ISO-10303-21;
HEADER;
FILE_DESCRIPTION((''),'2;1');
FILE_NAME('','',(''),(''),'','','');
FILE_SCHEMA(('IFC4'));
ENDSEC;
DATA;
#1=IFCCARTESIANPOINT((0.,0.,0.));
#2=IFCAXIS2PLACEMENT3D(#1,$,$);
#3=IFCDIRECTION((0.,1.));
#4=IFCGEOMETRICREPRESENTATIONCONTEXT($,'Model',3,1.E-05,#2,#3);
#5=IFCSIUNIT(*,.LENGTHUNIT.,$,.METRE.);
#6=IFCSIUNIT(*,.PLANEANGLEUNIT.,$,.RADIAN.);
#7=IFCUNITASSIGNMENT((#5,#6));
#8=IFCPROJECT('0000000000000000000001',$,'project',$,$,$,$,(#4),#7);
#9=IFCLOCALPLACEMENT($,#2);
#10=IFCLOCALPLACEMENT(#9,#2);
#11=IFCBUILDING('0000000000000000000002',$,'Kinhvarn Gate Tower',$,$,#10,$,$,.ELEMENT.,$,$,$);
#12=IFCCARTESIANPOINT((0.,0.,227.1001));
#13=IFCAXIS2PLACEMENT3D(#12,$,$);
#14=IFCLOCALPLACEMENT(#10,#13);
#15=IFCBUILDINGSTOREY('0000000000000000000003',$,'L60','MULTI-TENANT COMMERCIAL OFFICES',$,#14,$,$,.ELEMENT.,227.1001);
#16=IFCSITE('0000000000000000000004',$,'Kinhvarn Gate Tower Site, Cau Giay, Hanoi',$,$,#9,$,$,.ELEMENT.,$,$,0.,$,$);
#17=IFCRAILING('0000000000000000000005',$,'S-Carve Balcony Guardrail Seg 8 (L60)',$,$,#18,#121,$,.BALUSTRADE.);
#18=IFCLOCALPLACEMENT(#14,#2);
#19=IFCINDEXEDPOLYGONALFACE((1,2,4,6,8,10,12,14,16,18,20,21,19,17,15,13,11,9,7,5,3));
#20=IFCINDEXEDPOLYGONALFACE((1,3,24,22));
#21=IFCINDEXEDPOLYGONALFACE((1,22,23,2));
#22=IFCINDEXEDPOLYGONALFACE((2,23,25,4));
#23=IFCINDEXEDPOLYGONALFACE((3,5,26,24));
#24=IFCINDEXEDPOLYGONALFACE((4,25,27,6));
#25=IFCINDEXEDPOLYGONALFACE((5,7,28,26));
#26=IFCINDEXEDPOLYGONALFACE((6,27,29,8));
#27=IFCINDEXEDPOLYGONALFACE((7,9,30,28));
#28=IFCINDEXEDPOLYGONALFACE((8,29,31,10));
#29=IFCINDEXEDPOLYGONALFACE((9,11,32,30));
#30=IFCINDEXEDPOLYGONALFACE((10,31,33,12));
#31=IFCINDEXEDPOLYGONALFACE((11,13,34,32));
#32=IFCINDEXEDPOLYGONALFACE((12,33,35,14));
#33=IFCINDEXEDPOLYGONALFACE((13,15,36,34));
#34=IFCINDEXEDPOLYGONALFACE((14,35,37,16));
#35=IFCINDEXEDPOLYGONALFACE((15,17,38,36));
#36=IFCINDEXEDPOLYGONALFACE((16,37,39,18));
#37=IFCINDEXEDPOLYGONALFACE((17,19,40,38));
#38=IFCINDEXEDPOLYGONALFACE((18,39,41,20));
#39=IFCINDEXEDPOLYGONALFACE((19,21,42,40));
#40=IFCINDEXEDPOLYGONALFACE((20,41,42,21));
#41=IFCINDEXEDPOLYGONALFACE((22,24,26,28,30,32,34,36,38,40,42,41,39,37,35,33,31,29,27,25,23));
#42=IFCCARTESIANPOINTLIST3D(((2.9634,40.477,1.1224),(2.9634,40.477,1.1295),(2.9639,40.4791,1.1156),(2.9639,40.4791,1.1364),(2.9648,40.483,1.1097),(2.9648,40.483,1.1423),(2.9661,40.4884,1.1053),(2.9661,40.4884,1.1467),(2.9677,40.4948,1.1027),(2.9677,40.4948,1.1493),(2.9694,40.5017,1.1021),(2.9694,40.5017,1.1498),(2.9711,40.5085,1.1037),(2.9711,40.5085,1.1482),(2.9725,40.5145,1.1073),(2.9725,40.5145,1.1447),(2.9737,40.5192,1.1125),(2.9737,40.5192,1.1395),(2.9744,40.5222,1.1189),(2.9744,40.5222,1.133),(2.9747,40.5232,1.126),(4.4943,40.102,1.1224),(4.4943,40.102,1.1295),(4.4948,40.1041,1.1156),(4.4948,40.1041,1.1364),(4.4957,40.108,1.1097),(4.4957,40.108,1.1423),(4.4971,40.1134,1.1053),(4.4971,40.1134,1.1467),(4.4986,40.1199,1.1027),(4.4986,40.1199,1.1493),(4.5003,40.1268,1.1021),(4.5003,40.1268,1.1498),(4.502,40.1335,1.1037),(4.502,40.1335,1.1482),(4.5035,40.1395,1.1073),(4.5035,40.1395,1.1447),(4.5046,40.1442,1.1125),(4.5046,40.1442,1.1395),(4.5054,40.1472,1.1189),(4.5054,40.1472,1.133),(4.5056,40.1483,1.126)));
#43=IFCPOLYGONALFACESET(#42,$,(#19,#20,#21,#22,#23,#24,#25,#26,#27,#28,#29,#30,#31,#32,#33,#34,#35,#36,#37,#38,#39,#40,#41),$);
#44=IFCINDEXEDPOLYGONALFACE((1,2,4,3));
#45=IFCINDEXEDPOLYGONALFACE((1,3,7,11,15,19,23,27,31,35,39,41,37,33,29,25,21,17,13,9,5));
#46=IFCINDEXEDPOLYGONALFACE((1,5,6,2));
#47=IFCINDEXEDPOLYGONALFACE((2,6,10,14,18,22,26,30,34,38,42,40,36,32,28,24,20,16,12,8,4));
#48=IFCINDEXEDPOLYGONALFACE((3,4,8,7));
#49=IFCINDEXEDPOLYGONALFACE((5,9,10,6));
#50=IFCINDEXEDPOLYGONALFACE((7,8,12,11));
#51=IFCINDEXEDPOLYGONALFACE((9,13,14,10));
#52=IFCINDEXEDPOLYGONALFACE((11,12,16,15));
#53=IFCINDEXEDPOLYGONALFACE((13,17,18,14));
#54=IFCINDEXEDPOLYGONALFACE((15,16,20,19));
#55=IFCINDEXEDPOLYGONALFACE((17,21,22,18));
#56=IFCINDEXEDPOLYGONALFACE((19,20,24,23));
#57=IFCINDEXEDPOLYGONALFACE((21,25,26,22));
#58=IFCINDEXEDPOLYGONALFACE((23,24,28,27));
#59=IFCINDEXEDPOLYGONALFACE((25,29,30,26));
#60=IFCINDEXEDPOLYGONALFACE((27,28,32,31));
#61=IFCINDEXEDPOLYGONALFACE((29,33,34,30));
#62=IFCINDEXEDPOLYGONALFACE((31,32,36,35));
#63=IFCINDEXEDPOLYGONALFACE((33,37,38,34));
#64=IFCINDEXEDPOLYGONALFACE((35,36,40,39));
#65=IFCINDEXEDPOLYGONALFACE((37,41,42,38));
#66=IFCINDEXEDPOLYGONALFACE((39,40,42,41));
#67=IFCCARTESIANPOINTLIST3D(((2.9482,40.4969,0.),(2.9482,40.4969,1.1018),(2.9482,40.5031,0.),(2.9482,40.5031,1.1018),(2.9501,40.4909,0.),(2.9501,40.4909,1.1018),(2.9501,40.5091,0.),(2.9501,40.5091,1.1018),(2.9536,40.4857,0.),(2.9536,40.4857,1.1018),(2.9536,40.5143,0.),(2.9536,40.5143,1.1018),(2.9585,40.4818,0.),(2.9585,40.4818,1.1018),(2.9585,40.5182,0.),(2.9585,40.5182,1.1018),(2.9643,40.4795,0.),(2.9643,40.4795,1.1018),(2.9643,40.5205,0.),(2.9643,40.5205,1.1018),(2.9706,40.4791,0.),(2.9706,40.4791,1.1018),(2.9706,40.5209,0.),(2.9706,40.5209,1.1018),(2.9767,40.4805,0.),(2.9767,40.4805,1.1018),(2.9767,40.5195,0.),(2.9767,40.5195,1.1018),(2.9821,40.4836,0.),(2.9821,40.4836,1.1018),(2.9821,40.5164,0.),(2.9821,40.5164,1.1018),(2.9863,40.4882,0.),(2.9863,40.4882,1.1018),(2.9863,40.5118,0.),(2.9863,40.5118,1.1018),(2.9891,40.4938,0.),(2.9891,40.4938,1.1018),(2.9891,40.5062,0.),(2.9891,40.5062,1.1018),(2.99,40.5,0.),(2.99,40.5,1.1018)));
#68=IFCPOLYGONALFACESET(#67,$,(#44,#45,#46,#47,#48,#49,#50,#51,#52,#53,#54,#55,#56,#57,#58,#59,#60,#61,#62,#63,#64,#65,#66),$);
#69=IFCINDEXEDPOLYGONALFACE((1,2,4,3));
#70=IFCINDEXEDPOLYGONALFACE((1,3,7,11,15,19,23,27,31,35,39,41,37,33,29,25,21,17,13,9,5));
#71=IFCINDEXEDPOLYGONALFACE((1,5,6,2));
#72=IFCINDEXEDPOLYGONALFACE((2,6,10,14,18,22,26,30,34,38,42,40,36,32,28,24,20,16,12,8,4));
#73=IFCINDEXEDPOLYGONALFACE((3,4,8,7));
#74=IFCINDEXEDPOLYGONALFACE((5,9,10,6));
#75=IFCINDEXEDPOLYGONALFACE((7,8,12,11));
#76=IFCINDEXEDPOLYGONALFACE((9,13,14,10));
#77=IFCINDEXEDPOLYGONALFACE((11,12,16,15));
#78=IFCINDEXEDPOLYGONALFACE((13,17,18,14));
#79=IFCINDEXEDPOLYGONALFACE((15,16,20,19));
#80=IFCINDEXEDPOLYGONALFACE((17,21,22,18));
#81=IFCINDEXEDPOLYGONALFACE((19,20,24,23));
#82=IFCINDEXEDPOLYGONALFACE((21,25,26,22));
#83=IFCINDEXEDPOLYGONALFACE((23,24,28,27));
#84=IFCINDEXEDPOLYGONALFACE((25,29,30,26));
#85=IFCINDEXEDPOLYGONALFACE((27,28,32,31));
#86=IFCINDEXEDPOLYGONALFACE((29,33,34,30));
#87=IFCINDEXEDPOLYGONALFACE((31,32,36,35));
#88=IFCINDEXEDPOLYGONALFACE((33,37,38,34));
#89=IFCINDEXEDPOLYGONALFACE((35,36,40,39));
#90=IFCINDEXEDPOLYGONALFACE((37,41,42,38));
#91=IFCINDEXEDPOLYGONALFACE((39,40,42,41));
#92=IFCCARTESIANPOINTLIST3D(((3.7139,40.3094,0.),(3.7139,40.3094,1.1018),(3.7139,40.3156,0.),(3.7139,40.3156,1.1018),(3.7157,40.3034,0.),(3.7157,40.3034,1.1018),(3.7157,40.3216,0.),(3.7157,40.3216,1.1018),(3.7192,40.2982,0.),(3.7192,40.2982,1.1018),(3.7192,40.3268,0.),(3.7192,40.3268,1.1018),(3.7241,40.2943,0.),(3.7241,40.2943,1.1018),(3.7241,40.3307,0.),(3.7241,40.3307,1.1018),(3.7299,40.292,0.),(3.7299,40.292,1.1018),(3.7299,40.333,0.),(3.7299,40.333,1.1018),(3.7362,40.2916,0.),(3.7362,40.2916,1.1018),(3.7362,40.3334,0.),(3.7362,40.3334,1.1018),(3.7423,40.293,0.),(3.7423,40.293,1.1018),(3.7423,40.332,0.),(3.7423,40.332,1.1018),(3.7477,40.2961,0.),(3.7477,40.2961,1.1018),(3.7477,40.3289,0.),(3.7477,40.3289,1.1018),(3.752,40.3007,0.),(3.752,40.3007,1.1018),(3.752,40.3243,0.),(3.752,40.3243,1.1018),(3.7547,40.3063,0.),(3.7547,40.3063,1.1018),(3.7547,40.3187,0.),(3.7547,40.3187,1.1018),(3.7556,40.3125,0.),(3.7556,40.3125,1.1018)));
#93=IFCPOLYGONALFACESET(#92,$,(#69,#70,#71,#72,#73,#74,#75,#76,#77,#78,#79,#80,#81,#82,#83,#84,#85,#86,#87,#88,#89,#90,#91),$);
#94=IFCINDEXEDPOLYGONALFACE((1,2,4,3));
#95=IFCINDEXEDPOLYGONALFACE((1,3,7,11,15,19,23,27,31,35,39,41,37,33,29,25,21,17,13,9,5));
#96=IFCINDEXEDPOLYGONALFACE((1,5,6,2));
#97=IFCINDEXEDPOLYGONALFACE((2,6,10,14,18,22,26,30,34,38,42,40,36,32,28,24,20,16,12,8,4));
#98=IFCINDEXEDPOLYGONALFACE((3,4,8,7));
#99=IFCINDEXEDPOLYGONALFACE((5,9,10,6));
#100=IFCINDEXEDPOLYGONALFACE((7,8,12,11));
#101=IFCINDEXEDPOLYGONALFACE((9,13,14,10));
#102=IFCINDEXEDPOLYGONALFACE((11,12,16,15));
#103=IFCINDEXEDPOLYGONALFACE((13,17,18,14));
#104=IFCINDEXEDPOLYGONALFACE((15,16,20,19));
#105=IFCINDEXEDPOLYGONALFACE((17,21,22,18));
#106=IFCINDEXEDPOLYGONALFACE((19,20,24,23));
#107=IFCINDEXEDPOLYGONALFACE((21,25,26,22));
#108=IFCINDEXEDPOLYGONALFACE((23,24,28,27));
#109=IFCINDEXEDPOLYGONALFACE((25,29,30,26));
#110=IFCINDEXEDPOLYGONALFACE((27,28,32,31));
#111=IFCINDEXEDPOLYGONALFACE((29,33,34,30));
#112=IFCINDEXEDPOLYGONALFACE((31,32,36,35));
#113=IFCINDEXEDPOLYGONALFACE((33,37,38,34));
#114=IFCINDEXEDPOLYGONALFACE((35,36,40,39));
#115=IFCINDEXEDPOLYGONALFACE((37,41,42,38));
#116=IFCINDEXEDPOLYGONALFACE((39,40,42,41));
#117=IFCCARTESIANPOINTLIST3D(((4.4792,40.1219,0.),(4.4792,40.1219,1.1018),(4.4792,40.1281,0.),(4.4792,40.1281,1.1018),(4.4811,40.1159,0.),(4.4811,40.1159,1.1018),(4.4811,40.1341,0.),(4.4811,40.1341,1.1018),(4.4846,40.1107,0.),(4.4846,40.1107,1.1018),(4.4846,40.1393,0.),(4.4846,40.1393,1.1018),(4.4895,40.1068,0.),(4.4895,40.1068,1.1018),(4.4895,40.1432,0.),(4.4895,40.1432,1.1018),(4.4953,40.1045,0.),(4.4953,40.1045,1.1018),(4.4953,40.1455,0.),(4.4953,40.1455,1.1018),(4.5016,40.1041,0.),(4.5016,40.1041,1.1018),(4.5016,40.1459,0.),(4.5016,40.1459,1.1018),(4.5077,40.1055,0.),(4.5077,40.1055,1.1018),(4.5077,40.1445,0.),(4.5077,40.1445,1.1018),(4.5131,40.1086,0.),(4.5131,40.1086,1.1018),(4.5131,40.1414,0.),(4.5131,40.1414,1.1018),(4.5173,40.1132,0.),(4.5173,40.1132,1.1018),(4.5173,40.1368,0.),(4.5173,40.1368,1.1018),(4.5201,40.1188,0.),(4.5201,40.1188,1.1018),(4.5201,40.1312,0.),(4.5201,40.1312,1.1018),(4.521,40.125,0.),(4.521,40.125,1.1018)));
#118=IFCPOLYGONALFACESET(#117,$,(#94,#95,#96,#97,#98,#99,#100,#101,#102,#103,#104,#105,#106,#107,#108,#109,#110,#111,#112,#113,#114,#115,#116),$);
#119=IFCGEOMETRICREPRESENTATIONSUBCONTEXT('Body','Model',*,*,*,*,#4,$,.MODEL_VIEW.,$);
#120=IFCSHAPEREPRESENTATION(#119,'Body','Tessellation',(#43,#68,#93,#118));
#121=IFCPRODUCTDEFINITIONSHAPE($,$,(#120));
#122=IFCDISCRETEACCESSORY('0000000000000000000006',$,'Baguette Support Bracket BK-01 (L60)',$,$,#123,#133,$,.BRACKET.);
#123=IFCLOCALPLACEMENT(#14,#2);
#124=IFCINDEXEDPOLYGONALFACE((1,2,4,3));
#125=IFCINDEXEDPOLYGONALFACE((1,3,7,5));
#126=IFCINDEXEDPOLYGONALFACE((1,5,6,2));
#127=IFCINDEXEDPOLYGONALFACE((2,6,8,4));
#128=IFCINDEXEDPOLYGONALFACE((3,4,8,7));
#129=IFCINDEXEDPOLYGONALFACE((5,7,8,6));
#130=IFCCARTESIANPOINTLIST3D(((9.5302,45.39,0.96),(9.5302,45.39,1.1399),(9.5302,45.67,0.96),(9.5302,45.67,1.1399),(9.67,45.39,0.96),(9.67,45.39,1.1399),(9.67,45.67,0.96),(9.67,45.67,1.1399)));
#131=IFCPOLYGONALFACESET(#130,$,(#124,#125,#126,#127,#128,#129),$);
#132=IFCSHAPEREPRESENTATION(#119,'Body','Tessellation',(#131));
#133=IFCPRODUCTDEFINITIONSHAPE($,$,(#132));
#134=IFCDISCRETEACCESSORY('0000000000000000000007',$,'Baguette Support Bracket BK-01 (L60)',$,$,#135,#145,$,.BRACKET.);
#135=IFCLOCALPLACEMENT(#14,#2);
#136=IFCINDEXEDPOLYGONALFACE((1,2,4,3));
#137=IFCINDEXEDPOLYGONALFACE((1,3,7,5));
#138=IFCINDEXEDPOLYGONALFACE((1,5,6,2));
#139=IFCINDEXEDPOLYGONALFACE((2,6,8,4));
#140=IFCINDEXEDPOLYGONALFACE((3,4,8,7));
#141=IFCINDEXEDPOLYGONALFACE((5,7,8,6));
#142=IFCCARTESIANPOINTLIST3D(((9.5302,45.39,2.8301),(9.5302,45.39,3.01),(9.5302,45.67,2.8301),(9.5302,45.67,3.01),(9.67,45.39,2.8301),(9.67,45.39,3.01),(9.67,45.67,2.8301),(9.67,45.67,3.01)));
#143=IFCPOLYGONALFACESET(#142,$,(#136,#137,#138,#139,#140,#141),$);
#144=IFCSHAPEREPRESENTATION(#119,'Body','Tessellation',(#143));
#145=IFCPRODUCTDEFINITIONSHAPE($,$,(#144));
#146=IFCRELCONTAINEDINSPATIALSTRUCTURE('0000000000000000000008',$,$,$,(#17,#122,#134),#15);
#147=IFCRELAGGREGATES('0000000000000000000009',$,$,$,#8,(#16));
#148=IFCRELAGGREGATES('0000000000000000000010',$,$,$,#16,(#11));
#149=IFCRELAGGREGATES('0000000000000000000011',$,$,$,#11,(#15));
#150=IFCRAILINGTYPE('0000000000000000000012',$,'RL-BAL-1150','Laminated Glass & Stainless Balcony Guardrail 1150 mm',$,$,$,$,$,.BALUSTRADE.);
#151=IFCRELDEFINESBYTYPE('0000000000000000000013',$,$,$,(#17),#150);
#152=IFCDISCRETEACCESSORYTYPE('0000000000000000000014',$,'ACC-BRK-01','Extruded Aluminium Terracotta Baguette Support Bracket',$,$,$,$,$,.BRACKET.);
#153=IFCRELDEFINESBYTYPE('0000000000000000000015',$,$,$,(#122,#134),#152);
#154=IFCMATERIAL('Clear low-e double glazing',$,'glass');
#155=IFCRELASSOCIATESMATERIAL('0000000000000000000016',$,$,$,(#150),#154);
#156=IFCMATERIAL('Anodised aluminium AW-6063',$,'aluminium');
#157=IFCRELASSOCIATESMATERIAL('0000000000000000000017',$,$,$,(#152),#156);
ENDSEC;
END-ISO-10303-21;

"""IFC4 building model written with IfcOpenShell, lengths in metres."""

from ifc_helpers import new_model, si_unit, direction, frame, origin, origin_2d, place, context, subcontext, project, spatial, rectangle, circle, extrude, material, type_object, element, save


model = new_model("IFC4")

# Units and contexts
model_context = context("Model", 3, precision=1e-05, world=origin(), true_north=direction((0.0, 1.0)))
body_context = subcontext(model_context, "Body", "Model", "MODEL_VIEW")
ifc_project = project(units=[si_unit("LENGTHUNIT", "METRE"), si_unit("PLANEANGLEUNIT", "RADIAN")], contexts=[model_context])

# Site, building, storey
site_placement = place(None, origin())
site = spatial("IfcSite", under=ifc_project, at=site_placement, Name="Kinhvarn Gate Tower Site, Cau Giay, Hanoi", CompositionType="ELEMENT", RefElevation=0.0)
building_placement = place(site_placement, origin())
building = spatial("IfcBuilding", under=site, at=building_placement, Name="Kinhvarn Gate Tower", CompositionType="ELEMENT")
storey_placement = place(building_placement, frame((0.0, 0.0, 227.1001)))
storey = spatial("IfcBuildingStorey", under=building, at=storey_placement, Name="L60", Description="MULTI-TENANT COMMERCIAL OFFICES", CompositionType="ELEMENT", Elevation=227.1001)

# Shared definitions
ifc_material_1 = material(Name="Anodised aluminium AW-6063", Category="aluminium")

# Shared definitions
ifc_material_2 = material(Name="Clear low-e double glazing", Category="glass")

# Railing
railing_type = type_object("IfcRailingType", Name="RL-BAL-1150", Description="Laminated Glass & Stainless Balcony Guardrail 1150 mm", PredefinedType="BALUSTRADE", material=ifc_material_2)
railing_1_placement = place(storey_placement, frame((2.969, 40.5, 0.0)))
element("IfcRailing", 1, at=railing_1_placement, inside=storey, type_object=railing_type, Name="S-Carve Balcony Guardrail Seg 8 (L60)", PredefinedType="BALUSTRADE", context=body_context, shape_type="SweptSolid", body=[
    extrude(circle(Radius=0.0239, at=origin_2d()), frame((0.0, 0.0, 1.126), z_axis=(0.971289, -0.237905, 0.0), x_axis=(0.237905, 0.971289, 0.0)), (0.0, 0.0, 1.0), 1.5762),
    extrude(circle(Radius=0.021, at=origin_2d()), origin(), (0.0, 0.0, 1.0), 1.1018),
    extrude(circle(Radius=0.021, at=origin_2d()), frame((0.7656, -0.1875, 0.0)), (0.0, 0.0, 1.0), 1.1018),
    extrude(circle(Radius=0.021, at=origin_2d()), frame((1.531, -0.375, 0.0)), (0.0, 0.0, 1.0), 1.1018),
])

# Discrete accessories
discrete_accessory_type = type_object("IfcDiscreteAccessoryType", Name="ACC-BRK-01", Description="Extruded Aluminium Terracotta Baguette Support Bracket", PredefinedType="BRACKET", material=ifc_material_1)
for number, where, z_axis, x_axis, name in (
    (2, (9.6001, 45.53, 0.96), (0.0, 0.0, 1.0), (-1.0, 0.0, 0.0), "Baguette Support Bracket BK-01 (L60)"),
    (3, (9.6001, 45.53, 2.8301), (0.0, 0.0, 1.0), (-1.0, 0.0, 0.0), "Baguette Support Bracket BK-01 (L60)"),
):
    element("IfcDiscreteAccessory", number, at=place(storey_placement, frame(where, z_axis=z_axis, x_axis=x_axis)), inside=storey, type_object=discrete_accessory_type, Name=name, PredefinedType="BRACKET", context=body_context, shape_type="SweptSolid", body=[
        extrude(rectangle(XDim=0.1399, YDim=0.28, at=origin_2d()), origin(), (0.0, 0.0, 1.0), 0.1799),
    ])

save(model, "model.ifc")
